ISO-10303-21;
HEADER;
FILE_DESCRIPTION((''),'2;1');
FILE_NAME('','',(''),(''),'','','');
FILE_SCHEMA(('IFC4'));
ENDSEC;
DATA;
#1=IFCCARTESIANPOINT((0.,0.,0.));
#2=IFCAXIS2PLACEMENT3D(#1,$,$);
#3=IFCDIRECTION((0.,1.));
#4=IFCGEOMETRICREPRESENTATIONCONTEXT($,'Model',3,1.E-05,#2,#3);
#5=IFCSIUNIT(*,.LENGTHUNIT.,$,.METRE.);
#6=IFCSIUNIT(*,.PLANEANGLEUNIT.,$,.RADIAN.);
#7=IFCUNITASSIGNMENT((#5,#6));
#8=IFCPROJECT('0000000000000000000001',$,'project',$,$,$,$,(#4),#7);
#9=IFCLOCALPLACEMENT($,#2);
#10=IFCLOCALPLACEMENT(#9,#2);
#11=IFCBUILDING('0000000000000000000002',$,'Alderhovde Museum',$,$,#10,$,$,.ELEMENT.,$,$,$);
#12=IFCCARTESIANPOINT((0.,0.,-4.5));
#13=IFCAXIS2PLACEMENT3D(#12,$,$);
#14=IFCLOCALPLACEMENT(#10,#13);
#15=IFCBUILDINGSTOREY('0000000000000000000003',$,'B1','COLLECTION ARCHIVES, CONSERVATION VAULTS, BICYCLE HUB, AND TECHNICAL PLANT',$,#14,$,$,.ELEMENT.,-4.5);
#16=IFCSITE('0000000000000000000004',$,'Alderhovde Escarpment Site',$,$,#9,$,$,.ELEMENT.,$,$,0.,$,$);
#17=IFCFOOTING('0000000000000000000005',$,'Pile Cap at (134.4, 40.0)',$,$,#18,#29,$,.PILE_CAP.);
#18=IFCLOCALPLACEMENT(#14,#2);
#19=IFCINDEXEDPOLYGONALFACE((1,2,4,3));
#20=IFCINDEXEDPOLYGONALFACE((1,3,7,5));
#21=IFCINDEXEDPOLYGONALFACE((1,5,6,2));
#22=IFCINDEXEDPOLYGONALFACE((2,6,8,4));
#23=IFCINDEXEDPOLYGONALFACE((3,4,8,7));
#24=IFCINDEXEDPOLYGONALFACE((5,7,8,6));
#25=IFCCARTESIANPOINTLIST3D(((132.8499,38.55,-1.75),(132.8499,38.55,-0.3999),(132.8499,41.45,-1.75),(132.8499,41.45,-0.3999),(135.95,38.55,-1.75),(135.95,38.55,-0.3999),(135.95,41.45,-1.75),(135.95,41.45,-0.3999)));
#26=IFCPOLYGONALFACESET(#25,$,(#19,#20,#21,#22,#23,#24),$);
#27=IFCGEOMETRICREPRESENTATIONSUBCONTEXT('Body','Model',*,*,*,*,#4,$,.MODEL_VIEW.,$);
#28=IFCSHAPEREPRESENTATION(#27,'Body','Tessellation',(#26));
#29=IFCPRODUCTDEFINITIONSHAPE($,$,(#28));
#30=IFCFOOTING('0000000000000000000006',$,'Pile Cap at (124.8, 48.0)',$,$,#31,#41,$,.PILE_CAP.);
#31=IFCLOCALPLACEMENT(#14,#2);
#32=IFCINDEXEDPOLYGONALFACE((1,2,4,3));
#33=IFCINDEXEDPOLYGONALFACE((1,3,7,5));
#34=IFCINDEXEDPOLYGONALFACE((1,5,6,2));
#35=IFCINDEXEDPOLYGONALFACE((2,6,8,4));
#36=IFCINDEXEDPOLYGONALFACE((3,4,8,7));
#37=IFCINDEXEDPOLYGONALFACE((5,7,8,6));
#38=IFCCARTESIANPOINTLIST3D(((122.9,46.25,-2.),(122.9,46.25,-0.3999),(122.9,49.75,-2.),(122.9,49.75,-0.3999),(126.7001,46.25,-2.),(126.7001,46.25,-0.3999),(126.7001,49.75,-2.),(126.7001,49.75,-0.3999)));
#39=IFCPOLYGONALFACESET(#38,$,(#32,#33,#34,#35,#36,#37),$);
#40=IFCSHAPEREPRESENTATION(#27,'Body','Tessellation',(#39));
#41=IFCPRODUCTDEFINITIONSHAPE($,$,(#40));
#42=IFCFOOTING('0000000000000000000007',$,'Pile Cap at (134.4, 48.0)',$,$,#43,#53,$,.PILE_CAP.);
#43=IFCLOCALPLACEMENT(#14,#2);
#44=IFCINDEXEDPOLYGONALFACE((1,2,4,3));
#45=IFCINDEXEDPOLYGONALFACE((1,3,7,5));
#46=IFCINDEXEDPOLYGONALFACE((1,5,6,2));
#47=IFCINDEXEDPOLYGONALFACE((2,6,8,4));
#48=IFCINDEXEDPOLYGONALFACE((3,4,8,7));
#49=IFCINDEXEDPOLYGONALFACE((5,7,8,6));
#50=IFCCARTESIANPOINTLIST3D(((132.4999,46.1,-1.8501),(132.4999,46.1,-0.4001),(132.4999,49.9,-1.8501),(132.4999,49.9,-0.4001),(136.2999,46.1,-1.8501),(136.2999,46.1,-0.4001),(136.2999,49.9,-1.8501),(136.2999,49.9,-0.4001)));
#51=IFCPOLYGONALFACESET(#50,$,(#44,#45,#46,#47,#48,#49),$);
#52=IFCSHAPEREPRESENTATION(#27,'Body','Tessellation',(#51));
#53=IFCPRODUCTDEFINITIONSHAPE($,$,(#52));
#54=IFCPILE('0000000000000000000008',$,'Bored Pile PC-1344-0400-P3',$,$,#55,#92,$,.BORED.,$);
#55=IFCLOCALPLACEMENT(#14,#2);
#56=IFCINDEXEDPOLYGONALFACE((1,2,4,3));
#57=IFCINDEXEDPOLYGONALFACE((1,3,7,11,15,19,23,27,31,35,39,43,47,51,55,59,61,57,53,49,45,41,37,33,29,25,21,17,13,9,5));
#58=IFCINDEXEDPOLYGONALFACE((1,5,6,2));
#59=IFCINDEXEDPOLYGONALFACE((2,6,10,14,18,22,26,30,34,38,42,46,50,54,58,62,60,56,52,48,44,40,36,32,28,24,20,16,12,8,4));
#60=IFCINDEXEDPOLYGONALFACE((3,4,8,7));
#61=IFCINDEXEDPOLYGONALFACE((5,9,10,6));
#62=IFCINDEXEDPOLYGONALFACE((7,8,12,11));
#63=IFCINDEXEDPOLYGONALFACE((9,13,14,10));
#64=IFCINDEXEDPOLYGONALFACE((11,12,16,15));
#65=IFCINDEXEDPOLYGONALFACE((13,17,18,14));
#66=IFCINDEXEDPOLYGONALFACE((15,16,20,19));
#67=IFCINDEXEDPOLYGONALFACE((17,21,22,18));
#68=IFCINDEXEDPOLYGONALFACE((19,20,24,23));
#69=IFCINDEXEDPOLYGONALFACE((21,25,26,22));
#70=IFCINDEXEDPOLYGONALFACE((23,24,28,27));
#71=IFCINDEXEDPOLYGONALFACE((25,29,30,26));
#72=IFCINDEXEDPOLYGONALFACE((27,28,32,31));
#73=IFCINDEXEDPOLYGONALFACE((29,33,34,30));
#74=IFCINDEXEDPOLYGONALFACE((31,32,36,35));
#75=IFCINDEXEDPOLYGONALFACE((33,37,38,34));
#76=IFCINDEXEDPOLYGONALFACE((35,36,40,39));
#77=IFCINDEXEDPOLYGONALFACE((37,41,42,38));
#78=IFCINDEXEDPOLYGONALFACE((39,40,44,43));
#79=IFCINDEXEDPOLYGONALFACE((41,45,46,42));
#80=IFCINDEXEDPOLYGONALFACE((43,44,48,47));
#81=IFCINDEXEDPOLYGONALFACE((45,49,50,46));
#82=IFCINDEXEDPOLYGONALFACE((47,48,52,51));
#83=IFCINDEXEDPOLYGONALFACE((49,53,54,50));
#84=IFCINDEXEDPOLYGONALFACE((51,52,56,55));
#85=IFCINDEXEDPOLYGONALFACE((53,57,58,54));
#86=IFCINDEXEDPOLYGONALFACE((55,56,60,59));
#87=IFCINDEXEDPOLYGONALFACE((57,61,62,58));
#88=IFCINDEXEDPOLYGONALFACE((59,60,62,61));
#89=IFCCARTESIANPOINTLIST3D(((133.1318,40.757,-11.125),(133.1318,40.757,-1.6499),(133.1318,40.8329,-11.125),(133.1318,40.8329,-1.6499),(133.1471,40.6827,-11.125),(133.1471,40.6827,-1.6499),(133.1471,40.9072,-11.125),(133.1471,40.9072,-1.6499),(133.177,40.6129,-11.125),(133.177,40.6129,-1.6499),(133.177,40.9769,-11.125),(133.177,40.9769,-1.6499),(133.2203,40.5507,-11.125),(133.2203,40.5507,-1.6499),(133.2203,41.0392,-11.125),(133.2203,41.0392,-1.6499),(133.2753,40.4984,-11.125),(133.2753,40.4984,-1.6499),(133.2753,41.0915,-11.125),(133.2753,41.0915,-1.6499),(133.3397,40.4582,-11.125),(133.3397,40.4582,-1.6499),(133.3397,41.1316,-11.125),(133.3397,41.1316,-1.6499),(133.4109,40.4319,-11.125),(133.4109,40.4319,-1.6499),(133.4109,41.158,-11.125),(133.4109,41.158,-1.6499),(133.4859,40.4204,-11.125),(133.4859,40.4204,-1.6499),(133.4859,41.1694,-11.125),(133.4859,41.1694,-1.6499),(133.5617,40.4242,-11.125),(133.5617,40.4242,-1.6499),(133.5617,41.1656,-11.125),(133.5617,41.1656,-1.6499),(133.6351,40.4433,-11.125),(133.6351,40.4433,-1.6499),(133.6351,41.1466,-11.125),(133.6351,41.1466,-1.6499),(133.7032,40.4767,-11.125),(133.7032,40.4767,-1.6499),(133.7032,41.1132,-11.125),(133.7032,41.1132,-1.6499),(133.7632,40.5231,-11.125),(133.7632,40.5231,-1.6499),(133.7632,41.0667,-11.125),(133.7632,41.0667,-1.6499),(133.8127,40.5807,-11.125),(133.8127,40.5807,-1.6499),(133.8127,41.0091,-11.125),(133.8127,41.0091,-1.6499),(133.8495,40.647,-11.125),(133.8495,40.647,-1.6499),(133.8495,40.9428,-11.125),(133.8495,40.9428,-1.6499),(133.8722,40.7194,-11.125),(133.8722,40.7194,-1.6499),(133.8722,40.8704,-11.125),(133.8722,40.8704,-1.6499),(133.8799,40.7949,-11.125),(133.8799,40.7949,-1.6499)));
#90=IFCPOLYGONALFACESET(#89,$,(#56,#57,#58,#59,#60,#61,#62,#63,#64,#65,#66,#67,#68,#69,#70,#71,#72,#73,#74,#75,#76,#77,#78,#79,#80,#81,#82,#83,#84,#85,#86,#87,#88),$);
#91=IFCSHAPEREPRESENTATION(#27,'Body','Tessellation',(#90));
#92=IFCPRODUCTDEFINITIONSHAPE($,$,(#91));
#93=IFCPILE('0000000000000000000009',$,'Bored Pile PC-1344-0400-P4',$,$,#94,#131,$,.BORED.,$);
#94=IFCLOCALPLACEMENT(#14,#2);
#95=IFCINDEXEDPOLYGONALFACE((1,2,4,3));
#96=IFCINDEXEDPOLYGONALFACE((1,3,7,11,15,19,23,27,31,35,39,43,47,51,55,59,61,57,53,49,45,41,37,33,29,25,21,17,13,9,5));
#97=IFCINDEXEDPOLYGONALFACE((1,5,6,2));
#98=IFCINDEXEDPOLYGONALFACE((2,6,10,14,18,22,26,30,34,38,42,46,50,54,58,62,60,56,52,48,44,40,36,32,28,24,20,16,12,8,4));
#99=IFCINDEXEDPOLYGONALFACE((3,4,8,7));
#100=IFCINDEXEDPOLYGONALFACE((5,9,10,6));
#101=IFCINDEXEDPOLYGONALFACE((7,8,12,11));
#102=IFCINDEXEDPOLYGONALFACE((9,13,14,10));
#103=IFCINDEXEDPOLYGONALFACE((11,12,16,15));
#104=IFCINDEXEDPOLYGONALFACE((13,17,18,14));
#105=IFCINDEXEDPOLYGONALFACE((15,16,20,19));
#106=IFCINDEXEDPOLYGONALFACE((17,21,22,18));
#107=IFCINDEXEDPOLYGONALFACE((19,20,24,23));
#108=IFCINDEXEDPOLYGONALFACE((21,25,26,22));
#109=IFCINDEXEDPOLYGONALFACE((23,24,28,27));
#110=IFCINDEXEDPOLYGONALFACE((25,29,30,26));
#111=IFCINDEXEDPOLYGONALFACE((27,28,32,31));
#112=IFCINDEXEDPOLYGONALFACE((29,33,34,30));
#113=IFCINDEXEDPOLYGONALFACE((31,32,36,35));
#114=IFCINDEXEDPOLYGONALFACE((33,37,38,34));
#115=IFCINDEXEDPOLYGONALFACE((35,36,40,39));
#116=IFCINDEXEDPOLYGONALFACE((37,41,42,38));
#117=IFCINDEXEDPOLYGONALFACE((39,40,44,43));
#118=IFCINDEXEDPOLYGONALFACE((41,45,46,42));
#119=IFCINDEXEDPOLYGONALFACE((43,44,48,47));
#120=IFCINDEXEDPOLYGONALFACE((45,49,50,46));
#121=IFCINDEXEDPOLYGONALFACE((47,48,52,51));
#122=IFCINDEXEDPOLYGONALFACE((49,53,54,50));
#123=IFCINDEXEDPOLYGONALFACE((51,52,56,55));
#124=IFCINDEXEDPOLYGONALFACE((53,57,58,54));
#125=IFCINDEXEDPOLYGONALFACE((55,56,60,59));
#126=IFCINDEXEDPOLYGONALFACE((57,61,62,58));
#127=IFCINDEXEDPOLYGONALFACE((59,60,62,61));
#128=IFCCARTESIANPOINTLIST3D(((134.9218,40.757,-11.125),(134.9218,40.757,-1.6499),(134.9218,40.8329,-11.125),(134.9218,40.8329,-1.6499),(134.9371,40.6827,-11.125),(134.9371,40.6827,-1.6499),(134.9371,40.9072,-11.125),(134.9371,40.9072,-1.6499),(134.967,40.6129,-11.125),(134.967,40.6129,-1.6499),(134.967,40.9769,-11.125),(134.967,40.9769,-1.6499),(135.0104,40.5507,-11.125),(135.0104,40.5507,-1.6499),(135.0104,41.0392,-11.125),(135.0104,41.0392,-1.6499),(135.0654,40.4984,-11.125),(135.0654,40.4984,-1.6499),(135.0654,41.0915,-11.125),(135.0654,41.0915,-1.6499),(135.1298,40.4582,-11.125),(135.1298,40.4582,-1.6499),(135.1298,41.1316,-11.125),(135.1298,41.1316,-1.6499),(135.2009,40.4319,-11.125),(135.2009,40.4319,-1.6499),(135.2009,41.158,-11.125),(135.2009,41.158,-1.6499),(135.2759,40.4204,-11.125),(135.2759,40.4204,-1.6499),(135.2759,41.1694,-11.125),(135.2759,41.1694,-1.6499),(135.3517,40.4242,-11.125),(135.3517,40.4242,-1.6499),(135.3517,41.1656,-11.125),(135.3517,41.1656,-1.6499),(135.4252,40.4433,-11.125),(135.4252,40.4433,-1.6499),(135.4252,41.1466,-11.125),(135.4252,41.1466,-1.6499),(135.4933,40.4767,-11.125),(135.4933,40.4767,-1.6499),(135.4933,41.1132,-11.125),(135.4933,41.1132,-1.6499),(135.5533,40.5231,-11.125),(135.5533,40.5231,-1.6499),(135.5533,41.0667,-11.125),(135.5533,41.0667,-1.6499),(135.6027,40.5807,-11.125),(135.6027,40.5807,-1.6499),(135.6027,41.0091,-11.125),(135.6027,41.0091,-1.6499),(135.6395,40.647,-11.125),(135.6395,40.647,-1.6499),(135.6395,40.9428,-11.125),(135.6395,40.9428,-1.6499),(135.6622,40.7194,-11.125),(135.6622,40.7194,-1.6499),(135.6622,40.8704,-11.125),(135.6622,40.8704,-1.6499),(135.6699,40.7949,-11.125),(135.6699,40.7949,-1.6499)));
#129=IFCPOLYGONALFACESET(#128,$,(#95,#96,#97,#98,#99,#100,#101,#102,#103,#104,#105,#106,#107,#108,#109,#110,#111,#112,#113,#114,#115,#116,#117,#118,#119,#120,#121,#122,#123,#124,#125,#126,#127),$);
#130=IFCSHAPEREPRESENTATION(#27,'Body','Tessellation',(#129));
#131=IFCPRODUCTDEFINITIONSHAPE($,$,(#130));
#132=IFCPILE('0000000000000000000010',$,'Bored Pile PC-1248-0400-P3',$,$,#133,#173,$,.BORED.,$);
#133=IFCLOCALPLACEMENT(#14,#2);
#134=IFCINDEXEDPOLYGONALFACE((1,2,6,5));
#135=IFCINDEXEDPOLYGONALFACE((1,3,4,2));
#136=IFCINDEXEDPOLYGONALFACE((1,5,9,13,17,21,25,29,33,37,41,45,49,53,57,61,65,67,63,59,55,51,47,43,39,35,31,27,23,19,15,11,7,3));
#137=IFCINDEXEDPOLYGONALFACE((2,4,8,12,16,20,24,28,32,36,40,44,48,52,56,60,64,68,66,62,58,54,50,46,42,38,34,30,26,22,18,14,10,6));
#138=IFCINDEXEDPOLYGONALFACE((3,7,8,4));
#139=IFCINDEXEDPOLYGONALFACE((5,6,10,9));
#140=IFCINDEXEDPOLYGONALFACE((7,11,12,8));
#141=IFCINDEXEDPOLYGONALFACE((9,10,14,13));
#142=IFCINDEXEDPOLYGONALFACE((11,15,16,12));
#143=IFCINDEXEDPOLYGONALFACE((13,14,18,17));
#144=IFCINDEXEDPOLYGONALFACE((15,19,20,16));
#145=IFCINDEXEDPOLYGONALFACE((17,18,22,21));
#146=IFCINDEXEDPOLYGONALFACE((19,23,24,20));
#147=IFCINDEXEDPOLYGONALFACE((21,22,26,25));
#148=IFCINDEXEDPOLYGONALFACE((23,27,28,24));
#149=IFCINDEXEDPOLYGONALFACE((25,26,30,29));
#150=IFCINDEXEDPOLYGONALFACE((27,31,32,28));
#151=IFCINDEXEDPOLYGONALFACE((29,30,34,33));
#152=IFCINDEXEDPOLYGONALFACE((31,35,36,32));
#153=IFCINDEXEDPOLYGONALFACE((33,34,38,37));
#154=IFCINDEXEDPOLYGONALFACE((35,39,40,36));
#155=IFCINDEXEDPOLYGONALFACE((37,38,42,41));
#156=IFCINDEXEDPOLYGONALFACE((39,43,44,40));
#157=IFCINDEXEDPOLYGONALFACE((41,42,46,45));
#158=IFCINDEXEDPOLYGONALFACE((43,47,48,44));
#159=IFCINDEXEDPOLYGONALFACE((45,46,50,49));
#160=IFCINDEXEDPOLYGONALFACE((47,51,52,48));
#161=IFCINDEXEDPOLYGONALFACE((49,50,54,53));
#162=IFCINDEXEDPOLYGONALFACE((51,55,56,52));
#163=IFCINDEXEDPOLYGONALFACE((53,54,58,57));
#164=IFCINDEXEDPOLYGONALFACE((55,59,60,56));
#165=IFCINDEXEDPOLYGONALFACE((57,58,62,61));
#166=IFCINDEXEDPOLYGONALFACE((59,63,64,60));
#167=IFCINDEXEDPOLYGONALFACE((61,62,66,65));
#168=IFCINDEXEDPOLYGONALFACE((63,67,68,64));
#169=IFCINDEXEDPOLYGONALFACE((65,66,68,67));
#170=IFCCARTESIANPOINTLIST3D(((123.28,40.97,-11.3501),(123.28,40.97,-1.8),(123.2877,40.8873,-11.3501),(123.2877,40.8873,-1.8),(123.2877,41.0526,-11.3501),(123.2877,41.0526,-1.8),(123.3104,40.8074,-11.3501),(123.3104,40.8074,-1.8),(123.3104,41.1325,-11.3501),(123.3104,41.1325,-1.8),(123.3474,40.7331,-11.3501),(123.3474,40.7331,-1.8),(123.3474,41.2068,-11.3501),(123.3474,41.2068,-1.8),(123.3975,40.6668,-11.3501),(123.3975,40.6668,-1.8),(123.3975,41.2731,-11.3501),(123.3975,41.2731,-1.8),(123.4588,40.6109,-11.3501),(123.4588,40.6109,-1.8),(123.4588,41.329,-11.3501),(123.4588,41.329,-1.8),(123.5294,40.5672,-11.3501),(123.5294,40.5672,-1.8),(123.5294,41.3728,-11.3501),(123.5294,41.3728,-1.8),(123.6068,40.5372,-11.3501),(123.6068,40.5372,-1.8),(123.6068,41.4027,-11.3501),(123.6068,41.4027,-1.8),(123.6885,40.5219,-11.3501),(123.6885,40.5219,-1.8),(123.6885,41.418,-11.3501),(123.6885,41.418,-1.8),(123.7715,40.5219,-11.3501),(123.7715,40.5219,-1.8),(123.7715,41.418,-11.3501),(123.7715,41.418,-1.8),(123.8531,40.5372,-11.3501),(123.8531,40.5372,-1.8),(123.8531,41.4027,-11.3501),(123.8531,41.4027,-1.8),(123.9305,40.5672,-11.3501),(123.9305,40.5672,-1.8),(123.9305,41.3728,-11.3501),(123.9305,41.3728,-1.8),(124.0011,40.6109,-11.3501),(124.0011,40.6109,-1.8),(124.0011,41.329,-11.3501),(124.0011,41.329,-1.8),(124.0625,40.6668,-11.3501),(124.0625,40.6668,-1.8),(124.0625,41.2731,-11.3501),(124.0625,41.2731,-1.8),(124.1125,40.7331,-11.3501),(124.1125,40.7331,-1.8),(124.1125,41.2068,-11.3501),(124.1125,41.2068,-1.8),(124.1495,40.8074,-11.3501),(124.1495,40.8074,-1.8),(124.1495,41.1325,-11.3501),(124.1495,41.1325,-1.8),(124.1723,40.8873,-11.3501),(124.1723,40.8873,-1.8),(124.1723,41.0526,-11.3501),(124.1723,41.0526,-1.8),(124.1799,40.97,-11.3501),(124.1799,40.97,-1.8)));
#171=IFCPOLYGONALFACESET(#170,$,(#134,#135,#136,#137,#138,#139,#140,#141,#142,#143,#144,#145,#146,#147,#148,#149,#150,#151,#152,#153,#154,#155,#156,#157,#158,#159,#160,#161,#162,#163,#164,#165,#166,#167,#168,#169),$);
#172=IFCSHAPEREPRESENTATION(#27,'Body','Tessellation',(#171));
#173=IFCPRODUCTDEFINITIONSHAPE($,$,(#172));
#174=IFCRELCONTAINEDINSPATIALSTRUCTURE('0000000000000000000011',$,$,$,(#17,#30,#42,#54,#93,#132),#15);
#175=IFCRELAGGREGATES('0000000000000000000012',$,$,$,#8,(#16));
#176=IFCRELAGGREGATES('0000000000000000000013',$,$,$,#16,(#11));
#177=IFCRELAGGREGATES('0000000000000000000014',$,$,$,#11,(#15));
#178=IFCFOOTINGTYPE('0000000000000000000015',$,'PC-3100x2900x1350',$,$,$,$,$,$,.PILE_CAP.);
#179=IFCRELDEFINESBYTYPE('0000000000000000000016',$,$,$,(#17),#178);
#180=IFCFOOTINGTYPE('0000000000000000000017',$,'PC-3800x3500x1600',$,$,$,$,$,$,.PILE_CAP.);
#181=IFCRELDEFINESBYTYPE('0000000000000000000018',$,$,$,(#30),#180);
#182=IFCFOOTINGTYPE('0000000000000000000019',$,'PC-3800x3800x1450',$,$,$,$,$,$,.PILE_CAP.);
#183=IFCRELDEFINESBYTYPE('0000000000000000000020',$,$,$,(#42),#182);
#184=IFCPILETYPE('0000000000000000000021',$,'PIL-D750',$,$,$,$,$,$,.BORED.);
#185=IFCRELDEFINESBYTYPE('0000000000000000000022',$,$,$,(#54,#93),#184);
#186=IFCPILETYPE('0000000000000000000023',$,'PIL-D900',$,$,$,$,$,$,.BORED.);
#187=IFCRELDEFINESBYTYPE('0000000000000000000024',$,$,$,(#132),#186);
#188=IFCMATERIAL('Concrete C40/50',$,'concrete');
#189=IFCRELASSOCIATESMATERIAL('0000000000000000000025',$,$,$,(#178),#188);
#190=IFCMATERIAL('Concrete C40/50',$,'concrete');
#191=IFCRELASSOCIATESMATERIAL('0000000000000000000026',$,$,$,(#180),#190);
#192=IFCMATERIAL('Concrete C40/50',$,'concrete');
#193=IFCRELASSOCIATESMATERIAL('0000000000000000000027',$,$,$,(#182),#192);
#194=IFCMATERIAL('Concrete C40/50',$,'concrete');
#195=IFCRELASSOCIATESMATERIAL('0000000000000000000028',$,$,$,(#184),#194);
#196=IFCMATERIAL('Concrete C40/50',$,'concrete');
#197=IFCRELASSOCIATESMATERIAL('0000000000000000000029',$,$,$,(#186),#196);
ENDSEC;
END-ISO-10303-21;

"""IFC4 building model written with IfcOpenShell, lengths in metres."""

from ifc_helpers import new_model, si_unit, direction, frame, origin, origin_2d, place, context, subcontext, project, spatial, rectangle, circle, extrude, material, material_profile, profile_set, type_object, element, save


model = new_model("IFC4")

# Units and contexts
model_context = context("Model", 3, precision=1e-05, world=origin(), true_north=direction((0.0, 1.0)))
body_context = subcontext(model_context, "Body", "Model", "MODEL_VIEW")
ifc_project = project(units=[si_unit("LENGTHUNIT", "METRE"), si_unit("PLANEANGLEUNIT", "RADIAN")], contexts=[model_context])

# Site, building, storey
site_placement = place(None, origin())
site = spatial("IfcSite", under=ifc_project, at=site_placement, Name="Alderhovde Escarpment Site", CompositionType="ELEMENT", RefElevation=0.0)
building_placement = place(site_placement, origin())
building = spatial("IfcBuilding", under=site, at=building_placement, Name="Alderhovde Museum", CompositionType="ELEMENT")
storey_placement = place(building_placement, frame((0.0, 0.0, -4.5)))
storey = spatial("IfcBuildingStorey", under=building, at=storey_placement, Name="B1", Description="COLLECTION ARCHIVES, CONSERVATION VAULTS, BICYCLE HUB, AND TECHNICAL PLANT", CompositionType="ELEMENT", Elevation=-4.5)

# Footings
ifc_material_1 = material(Name="Concrete C40/50", Category="concrete")
footing_type_1 = type_object("IfcFootingType", Name="PC-3100x2900x1350", PredefinedType="PILE_CAP", material=ifc_material_1)
footing_1_placement = place(storey_placement, frame((134.3999, 40.0, -1.75), z_axis=(0.0, 0.0, 1.0), x_axis=(1.0, 0.0, 0.0)))
element("IfcFooting", 1, at=footing_1_placement, inside=storey, type_object=footing_type_1, Name="Pile Cap at (134.4, 40.0)", PredefinedType="PILE_CAP", context=body_context, shape_type="SweptSolid", body=[
    extrude(rectangle(XDim=3.1001, YDim=2.8999, at=origin_2d()), origin(), (0.0, 0.0, 1.0), 1.3501),
])
ifc_material_2 = material(Name="Concrete C40/50", Category="concrete")
footing_type_2 = type_object("IfcFootingType", Name="PC-3800x3500x1600", PredefinedType="PILE_CAP", material=ifc_material_2)
footing_2_placement = place(storey_placement, frame((124.8, 48.0, -2.0), z_axis=(0.0, 0.0, 1.0), x_axis=(1.0, 0.0, 0.0)))
element("IfcFooting", 2, at=footing_2_placement, inside=storey, type_object=footing_type_2, Name="Pile Cap at (124.8, 48.0)", PredefinedType="PILE_CAP", context=body_context, shape_type="SweptSolid", body=[
    extrude(rectangle(XDim=3.8, YDim=3.5, at=origin_2d()), origin(), (0.0, 0.0, 1.0), 1.6001),
])
ifc_material_3 = material(Name="Concrete C40/50", Category="concrete")
footing_type_3 = type_object("IfcFootingType", Name="PC-3800x3800x1450", PredefinedType="PILE_CAP", material=ifc_material_3)
footing_3_placement = place(storey_placement, frame((134.3999, 48.0, -1.8501), z_axis=(0.0, 0.0, 1.0), x_axis=(1.0, 0.0, 0.0)))
element("IfcFooting", 3, at=footing_3_placement, inside=storey, type_object=footing_type_3, Name="Pile Cap at (134.4, 48.0)", PredefinedType="PILE_CAP", context=body_context, shape_type="SweptSolid", body=[
    extrude(rectangle(XDim=3.8, YDim=3.8, at=origin_2d()), origin(), (0.0, 0.0, 1.0), 1.45),
])

# Piles
ifc_material_4 = material(Name="Concrete C40/50", Category="concrete")
ifc_material_profile_1 = material_profile(ifc_material_4, circle(Radius=0.375, at=origin_2d()), Name="PILE-D750")
ifc_profile_set_1 = profile_set([ifc_material_profile_1], Name="Concrete C40/50")
pile_type_1 = type_object("IfcPileType", Name="PIL-D750", PredefinedType="BORED", material=ifc_profile_set_1)
for number, where, z_axis, x_axis, name in (
    (4, (133.5049, 40.7949, -1.6499), (0.0, 0.0, -1.0), (1.0, 0.0, 0.0), "Bored Pile PC-1344-0400-P3"),
    (5, (135.2949, 40.7949, -1.6499), (0.0, 0.0, -1.0), (1.0, 0.0, 0.0), "Bored Pile PC-1344-0400-P4"),
):
    element("IfcPile", number, at=place(storey_placement, frame(where, z_axis=z_axis, x_axis=x_axis)), inside=storey, type_object=pile_type_1, Name=name, PredefinedType="BORED", context=body_context, shape_type="SweptSolid", body=[
        extrude(circle(Radius=0.375, at=origin_2d()), origin(), (0.0, 0.0, 1.0), 9.4751),
    ])
ifc_material_5 = material(Name="Concrete C40/50", Category="concrete")
ifc_material_profile_2 = material_profile(ifc_material_5, circle(Radius=0.45, at=origin_2d()), Name="PILE-D900")
ifc_profile_set_2 = profile_set([ifc_material_profile_2], Name="Concrete C40/50")
pile_type_2 = type_object("IfcPileType", Name="PIL-D900", PredefinedType="BORED", material=ifc_profile_set_2)
for number, where, z_axis, x_axis, name in (
    (6, (123.73, 40.97, -1.8), (0.0, 0.0, -1.0), (1.0, 0.0, 0.0), "Bored Pile PC-1248-0400-P3"),
):
    element("IfcPile", number, at=place(storey_placement, frame(where, z_axis=z_axis, x_axis=x_axis)), inside=storey, type_object=pile_type_2, Name=name, PredefinedType="BORED", context=body_context, shape_type="SweptSolid", body=[
        extrude(circle(Radius=0.45, at=origin_2d()), origin(), (0.0, 0.0, 1.0), 9.55),
    ])

save(model, "model.ifc")
